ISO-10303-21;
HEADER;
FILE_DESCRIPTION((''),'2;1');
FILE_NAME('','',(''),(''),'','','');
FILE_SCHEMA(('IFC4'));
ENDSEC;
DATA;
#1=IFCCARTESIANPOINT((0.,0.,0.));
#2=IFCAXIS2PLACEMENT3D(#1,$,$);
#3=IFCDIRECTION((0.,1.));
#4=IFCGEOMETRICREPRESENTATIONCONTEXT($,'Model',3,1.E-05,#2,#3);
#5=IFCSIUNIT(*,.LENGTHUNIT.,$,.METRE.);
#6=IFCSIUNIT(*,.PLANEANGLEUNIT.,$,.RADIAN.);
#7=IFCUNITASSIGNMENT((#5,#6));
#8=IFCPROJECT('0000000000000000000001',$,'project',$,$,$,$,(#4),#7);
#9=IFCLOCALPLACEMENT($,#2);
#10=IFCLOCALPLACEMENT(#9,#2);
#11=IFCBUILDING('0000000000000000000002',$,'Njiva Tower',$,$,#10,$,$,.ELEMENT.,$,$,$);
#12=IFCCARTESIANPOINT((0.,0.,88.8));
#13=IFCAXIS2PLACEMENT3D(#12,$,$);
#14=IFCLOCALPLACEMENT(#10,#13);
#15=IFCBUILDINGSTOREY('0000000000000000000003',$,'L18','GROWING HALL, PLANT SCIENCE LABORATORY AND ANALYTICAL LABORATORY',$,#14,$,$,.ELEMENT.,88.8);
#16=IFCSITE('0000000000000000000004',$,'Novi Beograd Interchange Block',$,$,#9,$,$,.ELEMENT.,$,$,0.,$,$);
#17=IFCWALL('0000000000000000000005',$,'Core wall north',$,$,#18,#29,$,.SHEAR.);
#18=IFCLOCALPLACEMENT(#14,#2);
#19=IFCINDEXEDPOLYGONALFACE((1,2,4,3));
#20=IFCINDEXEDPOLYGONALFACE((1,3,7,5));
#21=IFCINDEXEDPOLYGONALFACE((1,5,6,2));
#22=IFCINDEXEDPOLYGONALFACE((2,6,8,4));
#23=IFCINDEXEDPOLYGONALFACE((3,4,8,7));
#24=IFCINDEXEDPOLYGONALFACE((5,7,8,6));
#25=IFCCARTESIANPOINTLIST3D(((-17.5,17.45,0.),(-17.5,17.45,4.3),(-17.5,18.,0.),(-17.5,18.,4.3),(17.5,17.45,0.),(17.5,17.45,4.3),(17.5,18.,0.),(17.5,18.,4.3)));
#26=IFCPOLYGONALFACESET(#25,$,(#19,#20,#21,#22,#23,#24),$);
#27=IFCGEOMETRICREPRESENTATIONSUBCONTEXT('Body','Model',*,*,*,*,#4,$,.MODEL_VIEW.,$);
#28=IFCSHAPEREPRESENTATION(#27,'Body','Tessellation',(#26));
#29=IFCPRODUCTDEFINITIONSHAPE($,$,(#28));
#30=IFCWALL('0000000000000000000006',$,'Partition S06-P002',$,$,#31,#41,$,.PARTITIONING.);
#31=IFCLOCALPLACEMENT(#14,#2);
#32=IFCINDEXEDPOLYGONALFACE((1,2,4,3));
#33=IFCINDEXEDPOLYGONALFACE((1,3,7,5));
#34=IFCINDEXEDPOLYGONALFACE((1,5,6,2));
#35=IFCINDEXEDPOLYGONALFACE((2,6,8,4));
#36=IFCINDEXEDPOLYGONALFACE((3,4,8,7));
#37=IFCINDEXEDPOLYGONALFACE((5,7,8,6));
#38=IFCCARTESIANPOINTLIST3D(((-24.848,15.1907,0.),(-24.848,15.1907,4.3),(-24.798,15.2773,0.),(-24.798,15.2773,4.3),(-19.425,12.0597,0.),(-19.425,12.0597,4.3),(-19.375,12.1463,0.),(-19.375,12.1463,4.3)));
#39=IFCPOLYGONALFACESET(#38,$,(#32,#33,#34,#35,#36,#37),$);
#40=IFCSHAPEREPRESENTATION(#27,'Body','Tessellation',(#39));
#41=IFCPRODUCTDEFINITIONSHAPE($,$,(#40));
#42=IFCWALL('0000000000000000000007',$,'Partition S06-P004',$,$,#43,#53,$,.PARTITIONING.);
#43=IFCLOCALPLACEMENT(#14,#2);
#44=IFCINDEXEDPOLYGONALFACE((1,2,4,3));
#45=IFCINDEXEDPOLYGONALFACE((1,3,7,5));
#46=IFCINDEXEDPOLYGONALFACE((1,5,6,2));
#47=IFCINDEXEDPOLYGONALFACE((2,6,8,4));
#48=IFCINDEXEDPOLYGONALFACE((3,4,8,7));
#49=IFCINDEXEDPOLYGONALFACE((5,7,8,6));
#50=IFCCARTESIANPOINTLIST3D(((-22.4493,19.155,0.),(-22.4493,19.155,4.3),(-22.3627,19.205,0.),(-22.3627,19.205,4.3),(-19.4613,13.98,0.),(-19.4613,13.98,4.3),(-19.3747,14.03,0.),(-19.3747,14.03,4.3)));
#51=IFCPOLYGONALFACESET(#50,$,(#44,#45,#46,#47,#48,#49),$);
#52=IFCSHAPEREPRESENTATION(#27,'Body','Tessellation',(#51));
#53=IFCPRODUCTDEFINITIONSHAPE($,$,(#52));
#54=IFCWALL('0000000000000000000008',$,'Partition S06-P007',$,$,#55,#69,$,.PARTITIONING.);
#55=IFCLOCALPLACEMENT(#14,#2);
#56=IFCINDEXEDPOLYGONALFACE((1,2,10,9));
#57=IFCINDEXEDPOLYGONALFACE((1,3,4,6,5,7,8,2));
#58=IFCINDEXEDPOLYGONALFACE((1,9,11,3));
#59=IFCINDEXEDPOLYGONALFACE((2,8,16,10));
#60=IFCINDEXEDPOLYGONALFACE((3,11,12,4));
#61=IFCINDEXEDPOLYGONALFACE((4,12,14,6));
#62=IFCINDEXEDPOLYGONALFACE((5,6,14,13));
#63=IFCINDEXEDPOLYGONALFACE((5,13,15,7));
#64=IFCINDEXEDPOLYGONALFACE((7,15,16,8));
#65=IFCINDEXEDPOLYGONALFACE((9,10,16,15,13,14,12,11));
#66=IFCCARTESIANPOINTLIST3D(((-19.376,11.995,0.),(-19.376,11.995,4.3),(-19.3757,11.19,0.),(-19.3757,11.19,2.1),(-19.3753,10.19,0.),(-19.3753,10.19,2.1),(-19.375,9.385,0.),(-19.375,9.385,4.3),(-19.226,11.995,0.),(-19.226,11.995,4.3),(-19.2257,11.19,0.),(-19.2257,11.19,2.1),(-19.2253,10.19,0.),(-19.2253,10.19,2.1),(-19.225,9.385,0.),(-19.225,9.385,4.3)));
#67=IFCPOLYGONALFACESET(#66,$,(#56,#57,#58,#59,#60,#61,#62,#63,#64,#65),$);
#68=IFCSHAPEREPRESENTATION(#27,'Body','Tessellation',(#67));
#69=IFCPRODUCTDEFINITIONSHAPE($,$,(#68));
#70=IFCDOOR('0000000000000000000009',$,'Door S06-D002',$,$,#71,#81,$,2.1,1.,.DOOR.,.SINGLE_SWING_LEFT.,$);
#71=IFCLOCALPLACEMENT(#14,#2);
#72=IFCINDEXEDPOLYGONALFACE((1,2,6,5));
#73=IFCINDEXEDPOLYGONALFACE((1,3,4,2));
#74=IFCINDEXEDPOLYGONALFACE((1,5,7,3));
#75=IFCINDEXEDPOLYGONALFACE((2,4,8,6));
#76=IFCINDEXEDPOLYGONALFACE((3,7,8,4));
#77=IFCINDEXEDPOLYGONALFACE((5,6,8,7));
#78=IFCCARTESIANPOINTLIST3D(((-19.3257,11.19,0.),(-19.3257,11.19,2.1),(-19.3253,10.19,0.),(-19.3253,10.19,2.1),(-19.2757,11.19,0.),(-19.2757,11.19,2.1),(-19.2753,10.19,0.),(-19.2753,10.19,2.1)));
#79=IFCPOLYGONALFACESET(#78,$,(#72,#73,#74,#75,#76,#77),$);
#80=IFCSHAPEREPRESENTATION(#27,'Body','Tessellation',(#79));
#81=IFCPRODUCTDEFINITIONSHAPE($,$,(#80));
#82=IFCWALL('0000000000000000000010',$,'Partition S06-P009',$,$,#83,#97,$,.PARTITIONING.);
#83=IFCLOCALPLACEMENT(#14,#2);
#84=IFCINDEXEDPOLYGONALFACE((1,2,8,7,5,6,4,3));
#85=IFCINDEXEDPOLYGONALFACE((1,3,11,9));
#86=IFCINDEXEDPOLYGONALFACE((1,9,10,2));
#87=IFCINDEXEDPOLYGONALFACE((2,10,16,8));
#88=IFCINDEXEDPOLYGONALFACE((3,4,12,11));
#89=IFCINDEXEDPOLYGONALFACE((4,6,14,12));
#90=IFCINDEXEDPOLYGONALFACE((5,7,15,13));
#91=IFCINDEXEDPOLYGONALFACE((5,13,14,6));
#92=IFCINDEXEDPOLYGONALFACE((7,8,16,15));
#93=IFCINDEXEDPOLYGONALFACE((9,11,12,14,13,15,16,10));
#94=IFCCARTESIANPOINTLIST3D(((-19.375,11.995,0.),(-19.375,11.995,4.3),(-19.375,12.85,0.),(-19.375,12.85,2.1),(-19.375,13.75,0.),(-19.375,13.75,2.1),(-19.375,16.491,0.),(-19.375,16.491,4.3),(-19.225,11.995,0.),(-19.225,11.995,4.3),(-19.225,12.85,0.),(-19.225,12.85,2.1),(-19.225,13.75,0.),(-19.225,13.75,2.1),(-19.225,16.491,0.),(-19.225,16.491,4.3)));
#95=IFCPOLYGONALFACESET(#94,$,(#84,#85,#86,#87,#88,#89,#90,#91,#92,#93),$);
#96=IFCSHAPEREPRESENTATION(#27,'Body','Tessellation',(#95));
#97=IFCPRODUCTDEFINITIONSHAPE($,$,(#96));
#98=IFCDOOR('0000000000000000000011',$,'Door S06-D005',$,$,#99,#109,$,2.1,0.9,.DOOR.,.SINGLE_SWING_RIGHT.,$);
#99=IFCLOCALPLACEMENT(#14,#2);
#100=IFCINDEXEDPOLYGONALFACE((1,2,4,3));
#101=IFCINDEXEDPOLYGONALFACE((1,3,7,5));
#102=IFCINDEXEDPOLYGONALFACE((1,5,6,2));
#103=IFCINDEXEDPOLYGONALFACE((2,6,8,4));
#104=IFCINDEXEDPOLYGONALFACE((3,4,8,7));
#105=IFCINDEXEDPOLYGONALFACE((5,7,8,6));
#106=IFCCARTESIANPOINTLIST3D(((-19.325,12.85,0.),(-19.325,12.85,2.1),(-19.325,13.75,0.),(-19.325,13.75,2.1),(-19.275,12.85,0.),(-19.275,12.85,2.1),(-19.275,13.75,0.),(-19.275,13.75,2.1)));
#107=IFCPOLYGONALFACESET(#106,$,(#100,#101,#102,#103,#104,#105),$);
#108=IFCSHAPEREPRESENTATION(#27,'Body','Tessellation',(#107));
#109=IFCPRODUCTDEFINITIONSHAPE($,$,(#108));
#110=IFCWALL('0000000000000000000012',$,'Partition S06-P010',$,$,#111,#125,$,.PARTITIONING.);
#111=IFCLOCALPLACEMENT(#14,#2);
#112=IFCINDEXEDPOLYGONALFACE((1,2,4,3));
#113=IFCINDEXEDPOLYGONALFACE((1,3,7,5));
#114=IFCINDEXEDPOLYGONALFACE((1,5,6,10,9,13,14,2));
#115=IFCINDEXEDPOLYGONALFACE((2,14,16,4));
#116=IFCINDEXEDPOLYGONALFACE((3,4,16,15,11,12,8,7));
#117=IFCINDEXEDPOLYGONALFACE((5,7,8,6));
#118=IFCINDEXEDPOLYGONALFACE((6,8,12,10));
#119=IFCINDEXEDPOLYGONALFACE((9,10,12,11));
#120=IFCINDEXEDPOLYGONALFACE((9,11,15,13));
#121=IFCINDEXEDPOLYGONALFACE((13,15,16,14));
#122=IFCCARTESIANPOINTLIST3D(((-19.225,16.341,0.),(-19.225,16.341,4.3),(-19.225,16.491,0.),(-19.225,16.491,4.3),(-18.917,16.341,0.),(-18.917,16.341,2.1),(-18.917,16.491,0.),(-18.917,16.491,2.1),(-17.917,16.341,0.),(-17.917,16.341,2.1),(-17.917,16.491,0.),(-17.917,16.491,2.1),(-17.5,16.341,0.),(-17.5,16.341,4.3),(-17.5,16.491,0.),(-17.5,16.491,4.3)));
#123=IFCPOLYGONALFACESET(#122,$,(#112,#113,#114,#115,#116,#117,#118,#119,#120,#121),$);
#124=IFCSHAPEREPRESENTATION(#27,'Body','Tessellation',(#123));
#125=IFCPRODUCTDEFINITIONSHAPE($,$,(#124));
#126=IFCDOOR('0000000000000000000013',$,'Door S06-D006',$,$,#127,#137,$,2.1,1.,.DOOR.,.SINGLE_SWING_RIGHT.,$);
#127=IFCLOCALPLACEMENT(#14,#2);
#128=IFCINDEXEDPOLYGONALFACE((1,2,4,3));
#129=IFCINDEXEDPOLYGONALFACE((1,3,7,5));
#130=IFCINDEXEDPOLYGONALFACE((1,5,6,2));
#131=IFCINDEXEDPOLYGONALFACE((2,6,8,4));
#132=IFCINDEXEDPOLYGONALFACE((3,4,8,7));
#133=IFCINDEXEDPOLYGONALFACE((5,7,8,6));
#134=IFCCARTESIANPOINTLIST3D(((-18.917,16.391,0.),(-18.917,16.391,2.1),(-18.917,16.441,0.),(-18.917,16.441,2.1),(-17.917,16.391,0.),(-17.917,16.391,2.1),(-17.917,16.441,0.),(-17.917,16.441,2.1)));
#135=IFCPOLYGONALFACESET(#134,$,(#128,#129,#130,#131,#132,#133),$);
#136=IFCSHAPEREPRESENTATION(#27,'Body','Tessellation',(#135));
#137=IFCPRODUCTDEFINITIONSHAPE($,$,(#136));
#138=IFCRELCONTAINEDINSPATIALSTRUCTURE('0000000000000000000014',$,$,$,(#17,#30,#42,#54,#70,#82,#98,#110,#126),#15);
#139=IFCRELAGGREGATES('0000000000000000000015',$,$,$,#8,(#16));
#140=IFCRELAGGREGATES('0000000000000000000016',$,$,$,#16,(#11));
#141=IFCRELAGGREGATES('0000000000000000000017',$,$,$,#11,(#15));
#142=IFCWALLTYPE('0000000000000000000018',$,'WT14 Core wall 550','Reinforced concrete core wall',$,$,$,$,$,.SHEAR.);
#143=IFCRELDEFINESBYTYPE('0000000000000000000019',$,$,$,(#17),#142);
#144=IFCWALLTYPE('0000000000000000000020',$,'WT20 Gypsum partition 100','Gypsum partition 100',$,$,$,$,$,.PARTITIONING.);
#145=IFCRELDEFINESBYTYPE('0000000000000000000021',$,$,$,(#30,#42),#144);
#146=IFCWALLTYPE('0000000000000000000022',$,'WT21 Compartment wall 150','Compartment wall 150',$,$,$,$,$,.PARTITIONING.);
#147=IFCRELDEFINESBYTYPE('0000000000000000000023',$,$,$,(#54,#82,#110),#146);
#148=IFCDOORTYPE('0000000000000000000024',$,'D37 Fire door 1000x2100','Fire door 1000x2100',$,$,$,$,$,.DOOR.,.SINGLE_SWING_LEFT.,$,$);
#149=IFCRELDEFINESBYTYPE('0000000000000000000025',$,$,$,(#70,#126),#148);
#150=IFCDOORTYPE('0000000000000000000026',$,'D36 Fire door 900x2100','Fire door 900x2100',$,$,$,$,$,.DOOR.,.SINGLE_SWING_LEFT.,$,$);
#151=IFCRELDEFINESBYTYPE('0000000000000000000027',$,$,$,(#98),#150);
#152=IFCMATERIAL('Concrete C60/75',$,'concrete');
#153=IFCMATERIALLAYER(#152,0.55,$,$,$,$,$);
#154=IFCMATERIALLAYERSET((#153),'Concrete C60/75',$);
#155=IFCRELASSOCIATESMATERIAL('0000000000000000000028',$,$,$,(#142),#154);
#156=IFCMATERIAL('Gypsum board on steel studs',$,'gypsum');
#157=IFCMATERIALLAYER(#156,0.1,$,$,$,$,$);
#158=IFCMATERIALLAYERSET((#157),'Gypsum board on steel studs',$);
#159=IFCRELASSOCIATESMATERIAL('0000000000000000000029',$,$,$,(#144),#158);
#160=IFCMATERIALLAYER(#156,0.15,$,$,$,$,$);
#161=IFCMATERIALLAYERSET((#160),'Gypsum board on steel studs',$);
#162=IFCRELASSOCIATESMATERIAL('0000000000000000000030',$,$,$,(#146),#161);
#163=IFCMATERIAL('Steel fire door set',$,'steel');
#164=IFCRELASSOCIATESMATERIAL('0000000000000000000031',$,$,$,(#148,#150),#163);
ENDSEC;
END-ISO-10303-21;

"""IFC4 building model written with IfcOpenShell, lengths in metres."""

from ifc_helpers import new_model, si_unit, direction, frame, frame_2d, origin, place, context, subcontext, project, spatial, rectangle, extrude, material, layer, layer_set, type_object, element, fill, save


model = new_model("IFC4")

# Units and contexts
model_context = context("Model", 3, precision=1e-05, world=origin(), true_north=direction((0.0, 1.0)))
body_context = subcontext(model_context, "Body", "Model", "MODEL_VIEW")
ifc_project = project(units=[si_unit("LENGTHUNIT", "METRE"), si_unit("PLANEANGLEUNIT", "RADIAN")], contexts=[model_context])

# Site, building, storey
site_placement = place(None, origin())
site = spatial("IfcSite", under=ifc_project, at=site_placement, Name="Novi Beograd Interchange Block", CompositionType="ELEMENT", RefElevation=0.0)
building_placement = place(site_placement, origin())
building = spatial("IfcBuilding", under=site, at=building_placement, Name="Njiva Tower", CompositionType="ELEMENT")
storey_placement = place(building_placement, frame((0.0, 0.0, 88.8)))
storey = spatial("IfcBuildingStorey", under=building, at=storey_placement, Name="L18", Description="GROWING HALL, PLANT SCIENCE LABORATORY AND ANALYTICAL LABORATORY", CompositionType="ELEMENT", Elevation=88.8)

# Walls
ifc_material_1 = material(Name="Concrete C60/75", Category="concrete")
ifc_layer_1 = layer(ifc_material_1, 0.55)
ifc_layer_set_1 = layer_set([ifc_layer_1], Name="Concrete C60/75")
wall_type_1 = type_object("IfcWallType", Name="WT14 Core wall 550", Description="Reinforced concrete core wall", PredefinedType="SHEAR", material=ifc_layer_set_1)
wall_1_placement = place(storey_placement, frame((-17.5, 17.725, 0.0), z_axis=(0.0, 0.0, 1.0), x_axis=(1.0, 0.0, 0.0)))
element("IfcWall", 1, at=wall_1_placement, inside=storey, type_object=wall_type_1, Name="Core wall north", PredefinedType="SHEAR", context=body_context, shape_type="SweptSolid", body=[
    extrude(rectangle(XDim=35.0, YDim=0.55, at=frame_2d((17.5, 0.0))), origin(), (0.0, 0.0, 1.0), 4.3),
])
ifc_material_2 = material(Name="Gypsum board on steel studs", Category="gypsum")
ifc_layer_2 = layer(ifc_material_2, 0.1)
ifc_layer_set_2 = layer_set([ifc_layer_2], Name="Gypsum board on steel studs")
wall_type_2 = type_object("IfcWallType", Name="WT20 Gypsum partition 100", Description="Gypsum partition 100", PredefinedType="PARTITIONING", material=ifc_layer_set_2)
wall_2_placement = place(storey_placement, frame((-24.823, 15.234, 0.0), z_axis=(0.0, 0.0, 1.0), x_axis=(0.866023, -0.500004, 0.0)))
element("IfcWall", 2, at=wall_2_placement, inside=storey, type_object=wall_type_2, Name="Partition S06-P002", PredefinedType="PARTITIONING", context=body_context, shape_type="SweptSolid", body=[
    extrude(rectangle(XDim=6.262, YDim=0.1, at=frame_2d((3.131, 0.0))), origin(), (0.0, 0.0, 1.0), 4.3),
])
wall_3_placement = place(storey_placement, frame((-22.406, 19.18, 0.0), z_axis=(0.0, 0.0, 1.0), x_axis=(0.500027, -0.86601, 0.0)))
element("IfcWall", 3, at=wall_3_placement, inside=storey, type_object=wall_type_2, Name="Partition S06-P004", PredefinedType="PARTITIONING", context=body_context, shape_type="SweptSolid", body=[
    extrude(rectangle(XDim=5.9757, YDim=0.1, at=frame_2d((2.9878, 0.0))), origin(), (0.0, 0.0, 1.0), 4.3),
])

# Walls, openings, doors
ifc_layer_3 = layer(ifc_material_2, 0.15)
ifc_layer_set_3 = layer_set([ifc_layer_3], Name="Gypsum board on steel studs")
wall_type_3 = type_object("IfcWallType", Name="WT21 Compartment wall 150", Description="Compartment wall 150", PredefinedType="PARTITIONING", material=ifc_layer_set_3)
wall_4_placement = place(storey_placement, frame((-19.301, 11.995, 0.0), z_axis=(0.0, 0.0, 1.0), x_axis=(0.000383, -1.0, 0.0)))
wall_4 = element("IfcWall", 4, at=wall_4_placement, inside=storey, type_object=wall_type_3, Name="Partition S06-P007", PredefinedType="PARTITIONING", context=body_context, shape_type="SweptSolid", body=[
    extrude(rectangle(XDim=2.61, YDim=0.15, at=frame_2d((1.305, 0.0))), origin(), (0.0, 0.0, 1.0), 4.3),
])
opening_1_placement = place(wall_4_placement, frame((0.805, 0.0, 0.0)))
opening_1 = element("IfcOpeningElement", 5, at=opening_1_placement, cuts=wall_4, PredefinedType="OPENING", context=body_context, shape_type="SweptSolid", body=[
    extrude(rectangle(XDim=1.0, YDim=2.1, at=frame_2d((0.5, 1.05))), frame((0.0, 0.085, 0.0), z_axis=(0.0, -1.0, 0.0), x_axis=(1.0, 0.0, 0.0)), (0.0, 0.0, 1.0), 0.17),
])
ifc_material_3 = material(Name="Steel fire door set", Category="steel")
door_type_1 = type_object("IfcDoorType", Name="D37 Fire door 1000x2100", Description="Fire door 1000x2100", OperationType="SINGLE_SWING_LEFT", PredefinedType="DOOR", material=ifc_material_3)
door_1_placement = place(opening_1_placement, origin())
door_1 = element("IfcDoor", 6, at=door_1_placement, inside=storey, type_object=door_type_1, Name="Door S06-D002", OperationType="SINGLE_SWING_LEFT", OverallHeight=2.1, OverallWidth=1.0, PredefinedType="DOOR", context=body_context, shape_type="SweptSolid", body=[
    extrude(rectangle(XDim=1.0, YDim=2.1, at=frame_2d((0.5, 1.05))), frame((0.0, 0.025, 0.0), z_axis=(0.0, -1.0, 0.0), x_axis=(1.0, 0.0, 0.0)), (0.0, 0.0, 1.0), 0.05),
])
fill(opening_1, door_1)
wall_5_placement = place(storey_placement, frame((-19.3, 11.995, 0.0), z_axis=(0.0, 0.0, 1.0), x_axis=(0.0, 1.0, 0.0)))
wall_5 = element("IfcWall", 7, at=wall_5_placement, inside=storey, type_object=wall_type_3, Name="Partition S06-P009", PredefinedType="PARTITIONING", context=body_context, shape_type="SweptSolid", body=[
    extrude(rectangle(XDim=4.496, YDim=0.15, at=frame_2d((2.248, 0.0))), origin(), (0.0, 0.0, 1.0), 4.3),
])
opening_2_placement = place(wall_5_placement, frame((0.855, 0.0, 0.0)))
opening_2 = element("IfcOpeningElement", 8, at=opening_2_placement, cuts=wall_5, PredefinedType="OPENING", context=body_context, shape_type="SweptSolid", body=[
    extrude(rectangle(XDim=0.9, YDim=2.1, at=frame_2d((0.45, 1.05))), frame((0.0, 0.085, 0.0), z_axis=(0.0, -1.0, 0.0), x_axis=(1.0, 0.0, 0.0)), (0.0, 0.0, 1.0), 0.17),
])
door_type_2 = type_object("IfcDoorType", Name="D36 Fire door 900x2100", Description="Fire door 900x2100", OperationType="SINGLE_SWING_LEFT", PredefinedType="DOOR", material=ifc_material_3)
door_2_placement = place(opening_2_placement, origin())
door_2 = element("IfcDoor", 9, at=door_2_placement, inside=storey, type_object=door_type_2, Name="Door S06-D005", OperationType="SINGLE_SWING_RIGHT", OverallHeight=2.1, OverallWidth=0.9, PredefinedType="DOOR", context=body_context, shape_type="SweptSolid", body=[
    extrude(rectangle(XDim=0.9, YDim=2.1, at=frame_2d((0.45, 1.05))), frame((0.0, 0.025, 0.0), z_axis=(0.0, -1.0, 0.0), x_axis=(1.0, 0.0, 0.0)), (0.0, 0.0, 1.0), 0.05),
])
fill(opening_2, door_2)
wall_6_placement = place(storey_placement, frame((-19.225, 16.416, 0.0), z_axis=(0.0, 0.0, 1.0), x_axis=(1.0, 0.0, 0.0)))
wall_6 = element("IfcWall", 10, at=wall_6_placement, inside=storey, type_object=wall_type_3, Name="Partition S06-P010", PredefinedType="PARTITIONING", context=body_context, shape_type="SweptSolid", body=[
    extrude(rectangle(XDim=1.725, YDim=0.15, at=frame_2d((0.8625, 0.0))), origin(), (0.0, 0.0, 1.0), 4.3),
])
opening_3_placement = place(wall_6_placement, frame((0.308, 0.0, 0.0)))
opening_3 = element("IfcOpeningElement", 11, at=opening_3_placement, cuts=wall_6, PredefinedType="OPENING", context=body_context, shape_type="SweptSolid", body=[
    extrude(rectangle(XDim=1.0, YDim=2.1, at=frame_2d((0.5, 1.05))), frame((0.0, 0.085, 0.0), z_axis=(0.0, -1.0, 0.0), x_axis=(1.0, 0.0, 0.0)), (0.0, 0.0, 1.0), 0.17),
])
door_3_placement = place(opening_3_placement, origin())
door_3 = element("IfcDoor", 12, at=door_3_placement, inside=storey, type_object=door_type_1, Name="Door S06-D006", OperationType="SINGLE_SWING_RIGHT", OverallHeight=2.1, OverallWidth=1.0, PredefinedType="DOOR", context=body_context, shape_type="SweptSolid", body=[
    extrude(rectangle(XDim=1.0, YDim=2.1, at=frame_2d((0.5, 1.05))), frame((0.0, 0.025, 0.0), z_axis=(0.0, -1.0, 0.0), x_axis=(1.0, 0.0, 0.0)), (0.0, 0.0, 1.0), 0.05),
])
fill(opening_3, door_3)

save(model, "model.ifc")
